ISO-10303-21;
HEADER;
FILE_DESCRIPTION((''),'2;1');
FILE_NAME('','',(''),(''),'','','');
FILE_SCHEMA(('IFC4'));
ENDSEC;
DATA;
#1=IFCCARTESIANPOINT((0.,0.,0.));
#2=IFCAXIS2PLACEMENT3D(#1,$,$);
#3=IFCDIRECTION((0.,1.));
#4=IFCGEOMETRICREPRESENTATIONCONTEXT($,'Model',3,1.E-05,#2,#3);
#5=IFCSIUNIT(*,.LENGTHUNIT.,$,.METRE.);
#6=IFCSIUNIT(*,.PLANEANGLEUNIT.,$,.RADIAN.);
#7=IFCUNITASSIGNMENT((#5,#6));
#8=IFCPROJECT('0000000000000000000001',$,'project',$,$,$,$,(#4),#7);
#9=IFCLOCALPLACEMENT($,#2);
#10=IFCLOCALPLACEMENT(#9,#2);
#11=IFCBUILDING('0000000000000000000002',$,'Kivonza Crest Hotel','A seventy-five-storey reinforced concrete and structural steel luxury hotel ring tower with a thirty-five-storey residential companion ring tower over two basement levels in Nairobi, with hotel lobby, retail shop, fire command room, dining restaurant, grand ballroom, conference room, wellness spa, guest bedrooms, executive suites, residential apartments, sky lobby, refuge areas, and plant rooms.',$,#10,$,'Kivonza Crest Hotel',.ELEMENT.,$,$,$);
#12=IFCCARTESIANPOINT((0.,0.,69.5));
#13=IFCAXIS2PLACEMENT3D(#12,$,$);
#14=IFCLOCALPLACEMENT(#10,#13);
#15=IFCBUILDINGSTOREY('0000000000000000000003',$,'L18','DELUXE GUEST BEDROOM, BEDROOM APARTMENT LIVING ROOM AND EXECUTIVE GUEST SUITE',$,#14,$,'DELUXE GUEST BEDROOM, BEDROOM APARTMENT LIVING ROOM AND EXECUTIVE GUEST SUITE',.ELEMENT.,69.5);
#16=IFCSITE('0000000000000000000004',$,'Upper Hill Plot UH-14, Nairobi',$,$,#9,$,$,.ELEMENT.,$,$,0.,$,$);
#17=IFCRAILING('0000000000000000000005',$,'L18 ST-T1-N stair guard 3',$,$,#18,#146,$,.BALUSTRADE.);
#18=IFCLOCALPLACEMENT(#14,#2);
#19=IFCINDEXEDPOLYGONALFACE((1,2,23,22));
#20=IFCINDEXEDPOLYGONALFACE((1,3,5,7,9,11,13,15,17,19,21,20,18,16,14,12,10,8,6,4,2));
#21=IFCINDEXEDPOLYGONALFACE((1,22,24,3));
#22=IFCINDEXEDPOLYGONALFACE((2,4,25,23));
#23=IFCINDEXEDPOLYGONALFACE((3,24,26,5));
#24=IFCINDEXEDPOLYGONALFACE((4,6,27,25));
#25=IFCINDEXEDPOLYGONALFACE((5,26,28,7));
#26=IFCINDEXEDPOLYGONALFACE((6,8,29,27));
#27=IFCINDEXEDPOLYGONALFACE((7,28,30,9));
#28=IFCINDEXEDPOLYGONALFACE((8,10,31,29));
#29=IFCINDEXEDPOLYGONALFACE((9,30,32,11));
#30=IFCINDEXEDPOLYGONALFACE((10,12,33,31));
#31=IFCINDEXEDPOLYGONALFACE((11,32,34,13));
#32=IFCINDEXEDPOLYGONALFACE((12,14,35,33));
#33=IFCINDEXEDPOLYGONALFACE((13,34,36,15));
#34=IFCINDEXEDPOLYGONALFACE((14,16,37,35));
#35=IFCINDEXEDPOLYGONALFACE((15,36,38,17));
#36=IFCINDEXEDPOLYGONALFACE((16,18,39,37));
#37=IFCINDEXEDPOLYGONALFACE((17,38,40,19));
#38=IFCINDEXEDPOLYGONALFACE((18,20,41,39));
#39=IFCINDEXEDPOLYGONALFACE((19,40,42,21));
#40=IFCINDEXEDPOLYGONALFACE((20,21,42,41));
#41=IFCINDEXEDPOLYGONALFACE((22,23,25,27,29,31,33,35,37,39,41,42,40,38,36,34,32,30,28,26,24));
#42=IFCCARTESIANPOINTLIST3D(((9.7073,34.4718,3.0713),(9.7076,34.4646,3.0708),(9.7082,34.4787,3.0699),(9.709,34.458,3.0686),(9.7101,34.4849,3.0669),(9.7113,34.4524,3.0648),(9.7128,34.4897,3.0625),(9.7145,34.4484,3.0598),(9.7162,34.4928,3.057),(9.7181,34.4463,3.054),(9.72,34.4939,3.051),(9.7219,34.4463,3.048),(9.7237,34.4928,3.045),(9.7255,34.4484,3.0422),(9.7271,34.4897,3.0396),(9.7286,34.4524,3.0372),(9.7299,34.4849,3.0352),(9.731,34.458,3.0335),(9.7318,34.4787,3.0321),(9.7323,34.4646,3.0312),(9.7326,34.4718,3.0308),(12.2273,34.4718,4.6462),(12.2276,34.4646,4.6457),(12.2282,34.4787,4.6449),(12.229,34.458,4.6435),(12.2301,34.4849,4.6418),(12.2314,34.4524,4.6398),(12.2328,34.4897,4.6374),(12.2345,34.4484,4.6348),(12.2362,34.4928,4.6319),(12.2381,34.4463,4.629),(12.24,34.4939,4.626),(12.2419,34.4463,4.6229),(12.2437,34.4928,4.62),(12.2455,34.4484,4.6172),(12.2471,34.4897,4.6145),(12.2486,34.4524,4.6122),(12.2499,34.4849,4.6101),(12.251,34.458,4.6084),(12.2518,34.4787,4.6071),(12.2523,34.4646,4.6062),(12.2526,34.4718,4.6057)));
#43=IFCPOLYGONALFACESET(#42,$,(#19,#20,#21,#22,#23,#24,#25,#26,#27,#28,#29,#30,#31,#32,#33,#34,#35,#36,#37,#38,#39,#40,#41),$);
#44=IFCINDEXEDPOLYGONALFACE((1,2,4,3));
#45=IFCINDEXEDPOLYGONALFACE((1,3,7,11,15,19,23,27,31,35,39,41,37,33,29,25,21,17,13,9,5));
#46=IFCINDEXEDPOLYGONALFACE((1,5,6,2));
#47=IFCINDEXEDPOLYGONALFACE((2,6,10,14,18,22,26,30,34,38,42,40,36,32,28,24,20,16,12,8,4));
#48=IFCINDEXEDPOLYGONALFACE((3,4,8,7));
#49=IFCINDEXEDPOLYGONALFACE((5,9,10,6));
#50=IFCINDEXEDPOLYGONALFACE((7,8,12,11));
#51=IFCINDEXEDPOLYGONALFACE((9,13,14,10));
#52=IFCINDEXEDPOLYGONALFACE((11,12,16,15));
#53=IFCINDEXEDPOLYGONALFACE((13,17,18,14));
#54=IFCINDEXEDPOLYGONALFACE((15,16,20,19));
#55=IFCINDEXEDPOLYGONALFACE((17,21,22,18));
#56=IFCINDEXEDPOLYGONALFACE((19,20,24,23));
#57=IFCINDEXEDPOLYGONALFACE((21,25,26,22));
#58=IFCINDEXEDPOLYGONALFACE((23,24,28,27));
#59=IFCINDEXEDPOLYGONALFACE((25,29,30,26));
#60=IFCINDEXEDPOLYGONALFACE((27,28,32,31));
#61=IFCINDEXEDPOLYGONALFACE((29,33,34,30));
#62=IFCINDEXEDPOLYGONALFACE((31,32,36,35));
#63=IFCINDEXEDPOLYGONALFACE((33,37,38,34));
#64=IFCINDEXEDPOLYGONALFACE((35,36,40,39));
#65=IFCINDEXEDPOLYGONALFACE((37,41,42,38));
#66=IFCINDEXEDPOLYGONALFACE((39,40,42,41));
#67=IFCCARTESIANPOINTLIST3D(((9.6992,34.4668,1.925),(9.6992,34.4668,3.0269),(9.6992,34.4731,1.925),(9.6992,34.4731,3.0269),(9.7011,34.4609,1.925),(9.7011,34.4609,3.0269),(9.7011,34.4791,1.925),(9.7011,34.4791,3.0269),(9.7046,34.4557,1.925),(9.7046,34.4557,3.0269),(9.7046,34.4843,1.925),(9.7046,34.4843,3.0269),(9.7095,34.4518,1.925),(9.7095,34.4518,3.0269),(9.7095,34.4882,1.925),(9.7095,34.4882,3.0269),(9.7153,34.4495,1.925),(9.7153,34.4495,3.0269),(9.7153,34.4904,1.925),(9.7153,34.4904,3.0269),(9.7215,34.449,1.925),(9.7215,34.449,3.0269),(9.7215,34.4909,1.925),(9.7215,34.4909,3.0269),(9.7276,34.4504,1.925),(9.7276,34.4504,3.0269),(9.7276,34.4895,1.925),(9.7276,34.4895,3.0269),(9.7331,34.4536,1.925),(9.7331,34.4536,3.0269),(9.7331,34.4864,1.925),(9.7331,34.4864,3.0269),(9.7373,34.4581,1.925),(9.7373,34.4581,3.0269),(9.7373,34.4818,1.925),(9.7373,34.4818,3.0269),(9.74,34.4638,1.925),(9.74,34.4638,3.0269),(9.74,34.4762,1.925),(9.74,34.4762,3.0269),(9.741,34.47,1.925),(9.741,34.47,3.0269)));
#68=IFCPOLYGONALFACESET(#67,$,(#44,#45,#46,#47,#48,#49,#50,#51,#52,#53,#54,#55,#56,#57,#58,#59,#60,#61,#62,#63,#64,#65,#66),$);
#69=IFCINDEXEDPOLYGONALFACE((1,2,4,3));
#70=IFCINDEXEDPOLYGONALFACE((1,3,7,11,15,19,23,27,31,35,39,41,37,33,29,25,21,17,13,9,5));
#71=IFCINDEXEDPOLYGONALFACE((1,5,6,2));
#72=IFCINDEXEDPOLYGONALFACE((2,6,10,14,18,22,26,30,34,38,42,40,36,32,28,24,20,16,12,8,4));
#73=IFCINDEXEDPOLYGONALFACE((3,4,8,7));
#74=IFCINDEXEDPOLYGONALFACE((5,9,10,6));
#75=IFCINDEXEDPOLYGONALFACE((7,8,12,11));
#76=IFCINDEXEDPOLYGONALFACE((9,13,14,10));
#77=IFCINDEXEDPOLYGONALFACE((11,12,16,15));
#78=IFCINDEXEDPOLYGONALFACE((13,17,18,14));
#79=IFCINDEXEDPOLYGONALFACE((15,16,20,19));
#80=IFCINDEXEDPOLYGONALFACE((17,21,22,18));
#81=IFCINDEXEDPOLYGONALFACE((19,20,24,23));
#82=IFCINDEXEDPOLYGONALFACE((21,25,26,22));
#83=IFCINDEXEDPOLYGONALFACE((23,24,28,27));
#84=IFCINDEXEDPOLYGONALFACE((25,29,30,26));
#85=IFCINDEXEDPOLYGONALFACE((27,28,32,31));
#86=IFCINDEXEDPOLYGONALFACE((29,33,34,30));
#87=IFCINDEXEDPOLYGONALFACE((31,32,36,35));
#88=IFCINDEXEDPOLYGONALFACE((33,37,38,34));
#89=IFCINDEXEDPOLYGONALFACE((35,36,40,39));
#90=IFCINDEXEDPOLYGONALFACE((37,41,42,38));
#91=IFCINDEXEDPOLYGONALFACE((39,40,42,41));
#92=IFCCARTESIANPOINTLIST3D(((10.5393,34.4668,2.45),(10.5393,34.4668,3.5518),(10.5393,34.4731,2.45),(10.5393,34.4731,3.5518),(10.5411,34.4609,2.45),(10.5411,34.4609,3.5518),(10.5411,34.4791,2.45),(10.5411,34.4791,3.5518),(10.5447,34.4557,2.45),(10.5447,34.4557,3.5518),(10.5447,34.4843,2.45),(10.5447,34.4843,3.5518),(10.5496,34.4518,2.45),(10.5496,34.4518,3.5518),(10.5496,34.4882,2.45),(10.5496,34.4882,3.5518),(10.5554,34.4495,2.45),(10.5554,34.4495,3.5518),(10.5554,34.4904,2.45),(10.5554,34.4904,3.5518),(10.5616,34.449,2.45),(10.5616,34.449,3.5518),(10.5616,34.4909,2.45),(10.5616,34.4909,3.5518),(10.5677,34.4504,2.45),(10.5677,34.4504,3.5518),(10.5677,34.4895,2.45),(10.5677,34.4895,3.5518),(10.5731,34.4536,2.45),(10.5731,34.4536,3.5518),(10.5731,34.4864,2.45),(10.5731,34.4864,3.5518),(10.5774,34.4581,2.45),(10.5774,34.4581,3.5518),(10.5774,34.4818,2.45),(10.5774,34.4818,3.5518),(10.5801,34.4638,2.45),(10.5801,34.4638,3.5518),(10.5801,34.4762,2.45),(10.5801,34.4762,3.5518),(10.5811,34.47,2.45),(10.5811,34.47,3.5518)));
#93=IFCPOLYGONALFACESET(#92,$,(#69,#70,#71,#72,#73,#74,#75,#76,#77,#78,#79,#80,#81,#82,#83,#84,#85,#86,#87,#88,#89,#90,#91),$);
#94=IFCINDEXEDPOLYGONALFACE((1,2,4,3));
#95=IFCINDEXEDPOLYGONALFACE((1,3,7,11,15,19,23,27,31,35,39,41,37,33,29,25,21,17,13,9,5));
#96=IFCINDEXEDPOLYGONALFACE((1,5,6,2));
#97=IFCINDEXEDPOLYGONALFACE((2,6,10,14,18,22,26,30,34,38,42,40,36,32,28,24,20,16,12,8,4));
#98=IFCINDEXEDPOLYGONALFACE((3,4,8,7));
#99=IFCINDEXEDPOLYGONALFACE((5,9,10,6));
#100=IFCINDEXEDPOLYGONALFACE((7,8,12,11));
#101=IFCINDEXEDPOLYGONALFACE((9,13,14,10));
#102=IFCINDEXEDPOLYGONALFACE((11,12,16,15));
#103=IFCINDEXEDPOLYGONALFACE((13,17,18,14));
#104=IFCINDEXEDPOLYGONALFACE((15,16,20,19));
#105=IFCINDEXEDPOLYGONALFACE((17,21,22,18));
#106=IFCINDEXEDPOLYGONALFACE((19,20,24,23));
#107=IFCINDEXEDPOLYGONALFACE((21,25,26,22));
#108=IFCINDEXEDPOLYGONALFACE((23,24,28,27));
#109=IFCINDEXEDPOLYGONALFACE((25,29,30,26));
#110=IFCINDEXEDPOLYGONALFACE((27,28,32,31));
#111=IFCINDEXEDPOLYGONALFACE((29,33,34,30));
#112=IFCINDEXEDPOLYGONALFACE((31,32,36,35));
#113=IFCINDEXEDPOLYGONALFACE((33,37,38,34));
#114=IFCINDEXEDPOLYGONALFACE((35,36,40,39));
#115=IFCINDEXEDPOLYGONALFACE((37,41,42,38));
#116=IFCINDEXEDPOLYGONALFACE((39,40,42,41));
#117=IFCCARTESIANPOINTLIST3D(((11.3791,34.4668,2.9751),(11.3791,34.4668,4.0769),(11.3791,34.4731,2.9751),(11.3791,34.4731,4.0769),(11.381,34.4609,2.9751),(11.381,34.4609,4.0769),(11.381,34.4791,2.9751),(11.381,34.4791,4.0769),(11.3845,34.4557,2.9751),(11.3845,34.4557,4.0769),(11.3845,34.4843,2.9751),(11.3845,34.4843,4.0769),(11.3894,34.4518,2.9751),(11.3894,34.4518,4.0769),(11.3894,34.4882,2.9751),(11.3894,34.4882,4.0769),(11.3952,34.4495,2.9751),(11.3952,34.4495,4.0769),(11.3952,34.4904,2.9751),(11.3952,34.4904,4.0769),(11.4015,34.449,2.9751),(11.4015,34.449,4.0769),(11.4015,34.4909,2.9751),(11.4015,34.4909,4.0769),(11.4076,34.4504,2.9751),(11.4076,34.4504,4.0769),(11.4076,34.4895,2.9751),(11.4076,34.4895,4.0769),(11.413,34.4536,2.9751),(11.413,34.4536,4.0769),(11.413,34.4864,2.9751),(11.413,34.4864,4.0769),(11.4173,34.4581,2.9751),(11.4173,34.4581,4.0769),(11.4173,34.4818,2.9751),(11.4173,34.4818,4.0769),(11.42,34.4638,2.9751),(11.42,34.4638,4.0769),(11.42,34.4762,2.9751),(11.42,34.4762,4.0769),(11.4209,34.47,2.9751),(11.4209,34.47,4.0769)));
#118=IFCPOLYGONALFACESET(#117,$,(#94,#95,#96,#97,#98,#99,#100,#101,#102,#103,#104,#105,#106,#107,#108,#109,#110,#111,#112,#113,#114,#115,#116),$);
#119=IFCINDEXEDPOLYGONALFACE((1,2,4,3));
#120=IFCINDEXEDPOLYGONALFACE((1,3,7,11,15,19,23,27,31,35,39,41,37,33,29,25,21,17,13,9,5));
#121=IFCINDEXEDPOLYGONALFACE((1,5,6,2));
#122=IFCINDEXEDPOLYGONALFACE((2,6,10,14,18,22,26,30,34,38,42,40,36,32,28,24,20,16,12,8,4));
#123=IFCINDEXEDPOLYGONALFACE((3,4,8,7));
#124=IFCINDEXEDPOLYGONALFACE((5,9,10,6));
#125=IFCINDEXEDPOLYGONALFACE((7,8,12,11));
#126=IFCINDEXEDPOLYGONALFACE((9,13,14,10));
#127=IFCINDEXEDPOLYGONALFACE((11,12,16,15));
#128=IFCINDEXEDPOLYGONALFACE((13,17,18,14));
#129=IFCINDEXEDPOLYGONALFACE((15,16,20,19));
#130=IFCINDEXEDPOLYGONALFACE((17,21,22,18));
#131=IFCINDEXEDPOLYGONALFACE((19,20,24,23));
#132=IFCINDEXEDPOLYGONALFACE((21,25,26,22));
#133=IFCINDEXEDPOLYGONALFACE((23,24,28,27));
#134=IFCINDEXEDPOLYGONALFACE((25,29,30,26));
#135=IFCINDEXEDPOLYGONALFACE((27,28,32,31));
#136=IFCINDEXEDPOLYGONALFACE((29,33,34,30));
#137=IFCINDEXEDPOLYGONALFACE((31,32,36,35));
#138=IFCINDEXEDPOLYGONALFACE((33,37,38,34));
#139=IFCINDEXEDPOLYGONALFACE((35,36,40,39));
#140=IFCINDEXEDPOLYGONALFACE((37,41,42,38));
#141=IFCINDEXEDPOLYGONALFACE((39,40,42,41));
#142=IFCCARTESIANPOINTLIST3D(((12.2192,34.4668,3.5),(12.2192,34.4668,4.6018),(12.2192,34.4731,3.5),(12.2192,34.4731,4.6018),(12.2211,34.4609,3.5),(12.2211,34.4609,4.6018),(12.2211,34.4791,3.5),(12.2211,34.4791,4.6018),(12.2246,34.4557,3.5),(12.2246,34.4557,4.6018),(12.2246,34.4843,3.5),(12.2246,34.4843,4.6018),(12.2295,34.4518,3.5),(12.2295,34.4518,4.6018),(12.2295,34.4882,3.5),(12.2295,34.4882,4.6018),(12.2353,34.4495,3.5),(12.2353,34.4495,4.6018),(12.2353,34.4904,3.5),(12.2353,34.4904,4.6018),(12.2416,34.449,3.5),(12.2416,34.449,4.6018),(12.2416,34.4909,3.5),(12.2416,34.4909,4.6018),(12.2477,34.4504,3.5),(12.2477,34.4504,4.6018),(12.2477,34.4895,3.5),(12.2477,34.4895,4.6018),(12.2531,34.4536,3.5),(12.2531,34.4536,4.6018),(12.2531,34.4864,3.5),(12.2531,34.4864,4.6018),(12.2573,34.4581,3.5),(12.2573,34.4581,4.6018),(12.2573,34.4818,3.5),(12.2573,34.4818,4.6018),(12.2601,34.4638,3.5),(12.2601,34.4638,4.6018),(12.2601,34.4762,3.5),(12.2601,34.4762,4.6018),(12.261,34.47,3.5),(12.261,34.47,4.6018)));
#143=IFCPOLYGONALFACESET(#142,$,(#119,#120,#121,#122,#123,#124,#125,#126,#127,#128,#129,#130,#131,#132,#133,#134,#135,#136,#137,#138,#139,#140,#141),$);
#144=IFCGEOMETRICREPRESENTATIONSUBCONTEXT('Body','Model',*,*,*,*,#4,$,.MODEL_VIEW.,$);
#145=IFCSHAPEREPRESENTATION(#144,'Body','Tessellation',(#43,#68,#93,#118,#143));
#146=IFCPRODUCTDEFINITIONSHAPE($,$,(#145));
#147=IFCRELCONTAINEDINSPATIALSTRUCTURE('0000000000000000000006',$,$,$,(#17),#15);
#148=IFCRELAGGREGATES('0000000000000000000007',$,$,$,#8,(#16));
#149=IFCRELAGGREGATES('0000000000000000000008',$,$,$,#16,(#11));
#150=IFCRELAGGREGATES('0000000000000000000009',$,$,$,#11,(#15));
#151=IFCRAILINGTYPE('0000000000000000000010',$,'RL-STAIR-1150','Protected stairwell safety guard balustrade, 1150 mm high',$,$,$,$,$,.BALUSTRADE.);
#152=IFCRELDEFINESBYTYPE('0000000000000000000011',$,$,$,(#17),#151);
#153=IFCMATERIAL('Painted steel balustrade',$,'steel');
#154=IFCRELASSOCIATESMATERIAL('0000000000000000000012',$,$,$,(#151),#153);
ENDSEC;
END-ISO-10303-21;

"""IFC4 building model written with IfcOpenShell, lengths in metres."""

from ifc_helpers import new_model, si_unit, direction, frame, origin, origin_2d, place, context, subcontext, project, spatial, circle, extrude, material, type_object, element, save


model = new_model("IFC4")

# Units and contexts
model_context = context("Model", 3, precision=1e-05, world=origin(), true_north=direction((0.0, 1.0)))
body_context = subcontext(model_context, "Body", "Model", "MODEL_VIEW")
ifc_project = project(units=[si_unit("LENGTHUNIT", "METRE"), si_unit("PLANEANGLEUNIT", "RADIAN")], contexts=[model_context])

# Site, building, storey
site_placement = place(None, origin())
site = spatial("IfcSite", under=ifc_project, at=site_placement, Name="Upper Hill Plot UH-14, Nairobi", CompositionType="ELEMENT", RefElevation=0.0)
building_placement = place(site_placement, origin())
building = spatial("IfcBuilding", under=site, at=building_placement, Name="Kivonza Crest Hotel", Description="A seventy-five-storey reinforced concrete and structural steel luxury hotel ring tower with a thirty-five-storey residential companion ring tower over two basement levels in Nairobi, with hotel lobby, retail shop, fire command room, dining restaurant, grand ballroom, conference room, wellness spa, guest bedrooms, executive suites, residential apartments, sky lobby, refuge areas, and plant rooms.", LongName="Kivonza Crest Hotel", CompositionType="ELEMENT")
storey_placement = place(building_placement, frame((0.0, 0.0, 69.5)))
storey = spatial("IfcBuildingStorey", under=building, at=storey_placement, Name="L18", Description="DELUXE GUEST BEDROOM, BEDROOM APARTMENT LIVING ROOM AND EXECUTIVE GUEST SUITE", LongName="DELUXE GUEST BEDROOM, BEDROOM APARTMENT LIVING ROOM AND EXECUTIVE GUEST SUITE", CompositionType="ELEMENT", Elevation=69.5)

# Railing
ifc_material_1 = material(Name="Painted steel balustrade", Category="steel")
railing_type_1 = type_object("IfcRailingType", Name="RL-STAIR-1150", Description="Protected stairwell safety guard balustrade, 1150 mm high", PredefinedType="BALUSTRADE", material=ifc_material_1)
railing_1_placement = place(storey_placement, frame((9.72, 34.47, 1.925)))
element("IfcRailing", 1, at=railing_1_placement, inside=storey, type_object=railing_type_1, Name="L18 ST-T1-N stair guard 3", PredefinedType="BALUSTRADE", context=body_context, shape_type="SweptSolid", body=[
    extrude(circle(Radius=0.0239, at=origin_2d()), frame((0.0, 0.0, 1.126), z_axis=(0.848008, 0.0, 0.529984), x_axis=(0.0, 1.0, 0.0)), (0.0, 0.0, 1.0), 2.9717),
    extrude(circle(Radius=0.021, at=origin_2d()), origin(), (0.0, 0.0, 1.0), 1.1018),
    extrude(circle(Radius=0.021, at=origin_2d()), frame((0.8401, 0.0, 0.5249)), (0.0, 0.0, 1.0), 1.1018),
    extrude(circle(Radius=0.021, at=origin_2d()), frame((1.6799, 0.0, 1.05)), (0.0, 0.0, 1.0), 1.1018),
    extrude(circle(Radius=0.021, at=origin_2d()), frame((2.52, 0.0, 1.575)), (0.0, 0.0, 1.0), 1.1018),
])

save(model, "model.ifc")
